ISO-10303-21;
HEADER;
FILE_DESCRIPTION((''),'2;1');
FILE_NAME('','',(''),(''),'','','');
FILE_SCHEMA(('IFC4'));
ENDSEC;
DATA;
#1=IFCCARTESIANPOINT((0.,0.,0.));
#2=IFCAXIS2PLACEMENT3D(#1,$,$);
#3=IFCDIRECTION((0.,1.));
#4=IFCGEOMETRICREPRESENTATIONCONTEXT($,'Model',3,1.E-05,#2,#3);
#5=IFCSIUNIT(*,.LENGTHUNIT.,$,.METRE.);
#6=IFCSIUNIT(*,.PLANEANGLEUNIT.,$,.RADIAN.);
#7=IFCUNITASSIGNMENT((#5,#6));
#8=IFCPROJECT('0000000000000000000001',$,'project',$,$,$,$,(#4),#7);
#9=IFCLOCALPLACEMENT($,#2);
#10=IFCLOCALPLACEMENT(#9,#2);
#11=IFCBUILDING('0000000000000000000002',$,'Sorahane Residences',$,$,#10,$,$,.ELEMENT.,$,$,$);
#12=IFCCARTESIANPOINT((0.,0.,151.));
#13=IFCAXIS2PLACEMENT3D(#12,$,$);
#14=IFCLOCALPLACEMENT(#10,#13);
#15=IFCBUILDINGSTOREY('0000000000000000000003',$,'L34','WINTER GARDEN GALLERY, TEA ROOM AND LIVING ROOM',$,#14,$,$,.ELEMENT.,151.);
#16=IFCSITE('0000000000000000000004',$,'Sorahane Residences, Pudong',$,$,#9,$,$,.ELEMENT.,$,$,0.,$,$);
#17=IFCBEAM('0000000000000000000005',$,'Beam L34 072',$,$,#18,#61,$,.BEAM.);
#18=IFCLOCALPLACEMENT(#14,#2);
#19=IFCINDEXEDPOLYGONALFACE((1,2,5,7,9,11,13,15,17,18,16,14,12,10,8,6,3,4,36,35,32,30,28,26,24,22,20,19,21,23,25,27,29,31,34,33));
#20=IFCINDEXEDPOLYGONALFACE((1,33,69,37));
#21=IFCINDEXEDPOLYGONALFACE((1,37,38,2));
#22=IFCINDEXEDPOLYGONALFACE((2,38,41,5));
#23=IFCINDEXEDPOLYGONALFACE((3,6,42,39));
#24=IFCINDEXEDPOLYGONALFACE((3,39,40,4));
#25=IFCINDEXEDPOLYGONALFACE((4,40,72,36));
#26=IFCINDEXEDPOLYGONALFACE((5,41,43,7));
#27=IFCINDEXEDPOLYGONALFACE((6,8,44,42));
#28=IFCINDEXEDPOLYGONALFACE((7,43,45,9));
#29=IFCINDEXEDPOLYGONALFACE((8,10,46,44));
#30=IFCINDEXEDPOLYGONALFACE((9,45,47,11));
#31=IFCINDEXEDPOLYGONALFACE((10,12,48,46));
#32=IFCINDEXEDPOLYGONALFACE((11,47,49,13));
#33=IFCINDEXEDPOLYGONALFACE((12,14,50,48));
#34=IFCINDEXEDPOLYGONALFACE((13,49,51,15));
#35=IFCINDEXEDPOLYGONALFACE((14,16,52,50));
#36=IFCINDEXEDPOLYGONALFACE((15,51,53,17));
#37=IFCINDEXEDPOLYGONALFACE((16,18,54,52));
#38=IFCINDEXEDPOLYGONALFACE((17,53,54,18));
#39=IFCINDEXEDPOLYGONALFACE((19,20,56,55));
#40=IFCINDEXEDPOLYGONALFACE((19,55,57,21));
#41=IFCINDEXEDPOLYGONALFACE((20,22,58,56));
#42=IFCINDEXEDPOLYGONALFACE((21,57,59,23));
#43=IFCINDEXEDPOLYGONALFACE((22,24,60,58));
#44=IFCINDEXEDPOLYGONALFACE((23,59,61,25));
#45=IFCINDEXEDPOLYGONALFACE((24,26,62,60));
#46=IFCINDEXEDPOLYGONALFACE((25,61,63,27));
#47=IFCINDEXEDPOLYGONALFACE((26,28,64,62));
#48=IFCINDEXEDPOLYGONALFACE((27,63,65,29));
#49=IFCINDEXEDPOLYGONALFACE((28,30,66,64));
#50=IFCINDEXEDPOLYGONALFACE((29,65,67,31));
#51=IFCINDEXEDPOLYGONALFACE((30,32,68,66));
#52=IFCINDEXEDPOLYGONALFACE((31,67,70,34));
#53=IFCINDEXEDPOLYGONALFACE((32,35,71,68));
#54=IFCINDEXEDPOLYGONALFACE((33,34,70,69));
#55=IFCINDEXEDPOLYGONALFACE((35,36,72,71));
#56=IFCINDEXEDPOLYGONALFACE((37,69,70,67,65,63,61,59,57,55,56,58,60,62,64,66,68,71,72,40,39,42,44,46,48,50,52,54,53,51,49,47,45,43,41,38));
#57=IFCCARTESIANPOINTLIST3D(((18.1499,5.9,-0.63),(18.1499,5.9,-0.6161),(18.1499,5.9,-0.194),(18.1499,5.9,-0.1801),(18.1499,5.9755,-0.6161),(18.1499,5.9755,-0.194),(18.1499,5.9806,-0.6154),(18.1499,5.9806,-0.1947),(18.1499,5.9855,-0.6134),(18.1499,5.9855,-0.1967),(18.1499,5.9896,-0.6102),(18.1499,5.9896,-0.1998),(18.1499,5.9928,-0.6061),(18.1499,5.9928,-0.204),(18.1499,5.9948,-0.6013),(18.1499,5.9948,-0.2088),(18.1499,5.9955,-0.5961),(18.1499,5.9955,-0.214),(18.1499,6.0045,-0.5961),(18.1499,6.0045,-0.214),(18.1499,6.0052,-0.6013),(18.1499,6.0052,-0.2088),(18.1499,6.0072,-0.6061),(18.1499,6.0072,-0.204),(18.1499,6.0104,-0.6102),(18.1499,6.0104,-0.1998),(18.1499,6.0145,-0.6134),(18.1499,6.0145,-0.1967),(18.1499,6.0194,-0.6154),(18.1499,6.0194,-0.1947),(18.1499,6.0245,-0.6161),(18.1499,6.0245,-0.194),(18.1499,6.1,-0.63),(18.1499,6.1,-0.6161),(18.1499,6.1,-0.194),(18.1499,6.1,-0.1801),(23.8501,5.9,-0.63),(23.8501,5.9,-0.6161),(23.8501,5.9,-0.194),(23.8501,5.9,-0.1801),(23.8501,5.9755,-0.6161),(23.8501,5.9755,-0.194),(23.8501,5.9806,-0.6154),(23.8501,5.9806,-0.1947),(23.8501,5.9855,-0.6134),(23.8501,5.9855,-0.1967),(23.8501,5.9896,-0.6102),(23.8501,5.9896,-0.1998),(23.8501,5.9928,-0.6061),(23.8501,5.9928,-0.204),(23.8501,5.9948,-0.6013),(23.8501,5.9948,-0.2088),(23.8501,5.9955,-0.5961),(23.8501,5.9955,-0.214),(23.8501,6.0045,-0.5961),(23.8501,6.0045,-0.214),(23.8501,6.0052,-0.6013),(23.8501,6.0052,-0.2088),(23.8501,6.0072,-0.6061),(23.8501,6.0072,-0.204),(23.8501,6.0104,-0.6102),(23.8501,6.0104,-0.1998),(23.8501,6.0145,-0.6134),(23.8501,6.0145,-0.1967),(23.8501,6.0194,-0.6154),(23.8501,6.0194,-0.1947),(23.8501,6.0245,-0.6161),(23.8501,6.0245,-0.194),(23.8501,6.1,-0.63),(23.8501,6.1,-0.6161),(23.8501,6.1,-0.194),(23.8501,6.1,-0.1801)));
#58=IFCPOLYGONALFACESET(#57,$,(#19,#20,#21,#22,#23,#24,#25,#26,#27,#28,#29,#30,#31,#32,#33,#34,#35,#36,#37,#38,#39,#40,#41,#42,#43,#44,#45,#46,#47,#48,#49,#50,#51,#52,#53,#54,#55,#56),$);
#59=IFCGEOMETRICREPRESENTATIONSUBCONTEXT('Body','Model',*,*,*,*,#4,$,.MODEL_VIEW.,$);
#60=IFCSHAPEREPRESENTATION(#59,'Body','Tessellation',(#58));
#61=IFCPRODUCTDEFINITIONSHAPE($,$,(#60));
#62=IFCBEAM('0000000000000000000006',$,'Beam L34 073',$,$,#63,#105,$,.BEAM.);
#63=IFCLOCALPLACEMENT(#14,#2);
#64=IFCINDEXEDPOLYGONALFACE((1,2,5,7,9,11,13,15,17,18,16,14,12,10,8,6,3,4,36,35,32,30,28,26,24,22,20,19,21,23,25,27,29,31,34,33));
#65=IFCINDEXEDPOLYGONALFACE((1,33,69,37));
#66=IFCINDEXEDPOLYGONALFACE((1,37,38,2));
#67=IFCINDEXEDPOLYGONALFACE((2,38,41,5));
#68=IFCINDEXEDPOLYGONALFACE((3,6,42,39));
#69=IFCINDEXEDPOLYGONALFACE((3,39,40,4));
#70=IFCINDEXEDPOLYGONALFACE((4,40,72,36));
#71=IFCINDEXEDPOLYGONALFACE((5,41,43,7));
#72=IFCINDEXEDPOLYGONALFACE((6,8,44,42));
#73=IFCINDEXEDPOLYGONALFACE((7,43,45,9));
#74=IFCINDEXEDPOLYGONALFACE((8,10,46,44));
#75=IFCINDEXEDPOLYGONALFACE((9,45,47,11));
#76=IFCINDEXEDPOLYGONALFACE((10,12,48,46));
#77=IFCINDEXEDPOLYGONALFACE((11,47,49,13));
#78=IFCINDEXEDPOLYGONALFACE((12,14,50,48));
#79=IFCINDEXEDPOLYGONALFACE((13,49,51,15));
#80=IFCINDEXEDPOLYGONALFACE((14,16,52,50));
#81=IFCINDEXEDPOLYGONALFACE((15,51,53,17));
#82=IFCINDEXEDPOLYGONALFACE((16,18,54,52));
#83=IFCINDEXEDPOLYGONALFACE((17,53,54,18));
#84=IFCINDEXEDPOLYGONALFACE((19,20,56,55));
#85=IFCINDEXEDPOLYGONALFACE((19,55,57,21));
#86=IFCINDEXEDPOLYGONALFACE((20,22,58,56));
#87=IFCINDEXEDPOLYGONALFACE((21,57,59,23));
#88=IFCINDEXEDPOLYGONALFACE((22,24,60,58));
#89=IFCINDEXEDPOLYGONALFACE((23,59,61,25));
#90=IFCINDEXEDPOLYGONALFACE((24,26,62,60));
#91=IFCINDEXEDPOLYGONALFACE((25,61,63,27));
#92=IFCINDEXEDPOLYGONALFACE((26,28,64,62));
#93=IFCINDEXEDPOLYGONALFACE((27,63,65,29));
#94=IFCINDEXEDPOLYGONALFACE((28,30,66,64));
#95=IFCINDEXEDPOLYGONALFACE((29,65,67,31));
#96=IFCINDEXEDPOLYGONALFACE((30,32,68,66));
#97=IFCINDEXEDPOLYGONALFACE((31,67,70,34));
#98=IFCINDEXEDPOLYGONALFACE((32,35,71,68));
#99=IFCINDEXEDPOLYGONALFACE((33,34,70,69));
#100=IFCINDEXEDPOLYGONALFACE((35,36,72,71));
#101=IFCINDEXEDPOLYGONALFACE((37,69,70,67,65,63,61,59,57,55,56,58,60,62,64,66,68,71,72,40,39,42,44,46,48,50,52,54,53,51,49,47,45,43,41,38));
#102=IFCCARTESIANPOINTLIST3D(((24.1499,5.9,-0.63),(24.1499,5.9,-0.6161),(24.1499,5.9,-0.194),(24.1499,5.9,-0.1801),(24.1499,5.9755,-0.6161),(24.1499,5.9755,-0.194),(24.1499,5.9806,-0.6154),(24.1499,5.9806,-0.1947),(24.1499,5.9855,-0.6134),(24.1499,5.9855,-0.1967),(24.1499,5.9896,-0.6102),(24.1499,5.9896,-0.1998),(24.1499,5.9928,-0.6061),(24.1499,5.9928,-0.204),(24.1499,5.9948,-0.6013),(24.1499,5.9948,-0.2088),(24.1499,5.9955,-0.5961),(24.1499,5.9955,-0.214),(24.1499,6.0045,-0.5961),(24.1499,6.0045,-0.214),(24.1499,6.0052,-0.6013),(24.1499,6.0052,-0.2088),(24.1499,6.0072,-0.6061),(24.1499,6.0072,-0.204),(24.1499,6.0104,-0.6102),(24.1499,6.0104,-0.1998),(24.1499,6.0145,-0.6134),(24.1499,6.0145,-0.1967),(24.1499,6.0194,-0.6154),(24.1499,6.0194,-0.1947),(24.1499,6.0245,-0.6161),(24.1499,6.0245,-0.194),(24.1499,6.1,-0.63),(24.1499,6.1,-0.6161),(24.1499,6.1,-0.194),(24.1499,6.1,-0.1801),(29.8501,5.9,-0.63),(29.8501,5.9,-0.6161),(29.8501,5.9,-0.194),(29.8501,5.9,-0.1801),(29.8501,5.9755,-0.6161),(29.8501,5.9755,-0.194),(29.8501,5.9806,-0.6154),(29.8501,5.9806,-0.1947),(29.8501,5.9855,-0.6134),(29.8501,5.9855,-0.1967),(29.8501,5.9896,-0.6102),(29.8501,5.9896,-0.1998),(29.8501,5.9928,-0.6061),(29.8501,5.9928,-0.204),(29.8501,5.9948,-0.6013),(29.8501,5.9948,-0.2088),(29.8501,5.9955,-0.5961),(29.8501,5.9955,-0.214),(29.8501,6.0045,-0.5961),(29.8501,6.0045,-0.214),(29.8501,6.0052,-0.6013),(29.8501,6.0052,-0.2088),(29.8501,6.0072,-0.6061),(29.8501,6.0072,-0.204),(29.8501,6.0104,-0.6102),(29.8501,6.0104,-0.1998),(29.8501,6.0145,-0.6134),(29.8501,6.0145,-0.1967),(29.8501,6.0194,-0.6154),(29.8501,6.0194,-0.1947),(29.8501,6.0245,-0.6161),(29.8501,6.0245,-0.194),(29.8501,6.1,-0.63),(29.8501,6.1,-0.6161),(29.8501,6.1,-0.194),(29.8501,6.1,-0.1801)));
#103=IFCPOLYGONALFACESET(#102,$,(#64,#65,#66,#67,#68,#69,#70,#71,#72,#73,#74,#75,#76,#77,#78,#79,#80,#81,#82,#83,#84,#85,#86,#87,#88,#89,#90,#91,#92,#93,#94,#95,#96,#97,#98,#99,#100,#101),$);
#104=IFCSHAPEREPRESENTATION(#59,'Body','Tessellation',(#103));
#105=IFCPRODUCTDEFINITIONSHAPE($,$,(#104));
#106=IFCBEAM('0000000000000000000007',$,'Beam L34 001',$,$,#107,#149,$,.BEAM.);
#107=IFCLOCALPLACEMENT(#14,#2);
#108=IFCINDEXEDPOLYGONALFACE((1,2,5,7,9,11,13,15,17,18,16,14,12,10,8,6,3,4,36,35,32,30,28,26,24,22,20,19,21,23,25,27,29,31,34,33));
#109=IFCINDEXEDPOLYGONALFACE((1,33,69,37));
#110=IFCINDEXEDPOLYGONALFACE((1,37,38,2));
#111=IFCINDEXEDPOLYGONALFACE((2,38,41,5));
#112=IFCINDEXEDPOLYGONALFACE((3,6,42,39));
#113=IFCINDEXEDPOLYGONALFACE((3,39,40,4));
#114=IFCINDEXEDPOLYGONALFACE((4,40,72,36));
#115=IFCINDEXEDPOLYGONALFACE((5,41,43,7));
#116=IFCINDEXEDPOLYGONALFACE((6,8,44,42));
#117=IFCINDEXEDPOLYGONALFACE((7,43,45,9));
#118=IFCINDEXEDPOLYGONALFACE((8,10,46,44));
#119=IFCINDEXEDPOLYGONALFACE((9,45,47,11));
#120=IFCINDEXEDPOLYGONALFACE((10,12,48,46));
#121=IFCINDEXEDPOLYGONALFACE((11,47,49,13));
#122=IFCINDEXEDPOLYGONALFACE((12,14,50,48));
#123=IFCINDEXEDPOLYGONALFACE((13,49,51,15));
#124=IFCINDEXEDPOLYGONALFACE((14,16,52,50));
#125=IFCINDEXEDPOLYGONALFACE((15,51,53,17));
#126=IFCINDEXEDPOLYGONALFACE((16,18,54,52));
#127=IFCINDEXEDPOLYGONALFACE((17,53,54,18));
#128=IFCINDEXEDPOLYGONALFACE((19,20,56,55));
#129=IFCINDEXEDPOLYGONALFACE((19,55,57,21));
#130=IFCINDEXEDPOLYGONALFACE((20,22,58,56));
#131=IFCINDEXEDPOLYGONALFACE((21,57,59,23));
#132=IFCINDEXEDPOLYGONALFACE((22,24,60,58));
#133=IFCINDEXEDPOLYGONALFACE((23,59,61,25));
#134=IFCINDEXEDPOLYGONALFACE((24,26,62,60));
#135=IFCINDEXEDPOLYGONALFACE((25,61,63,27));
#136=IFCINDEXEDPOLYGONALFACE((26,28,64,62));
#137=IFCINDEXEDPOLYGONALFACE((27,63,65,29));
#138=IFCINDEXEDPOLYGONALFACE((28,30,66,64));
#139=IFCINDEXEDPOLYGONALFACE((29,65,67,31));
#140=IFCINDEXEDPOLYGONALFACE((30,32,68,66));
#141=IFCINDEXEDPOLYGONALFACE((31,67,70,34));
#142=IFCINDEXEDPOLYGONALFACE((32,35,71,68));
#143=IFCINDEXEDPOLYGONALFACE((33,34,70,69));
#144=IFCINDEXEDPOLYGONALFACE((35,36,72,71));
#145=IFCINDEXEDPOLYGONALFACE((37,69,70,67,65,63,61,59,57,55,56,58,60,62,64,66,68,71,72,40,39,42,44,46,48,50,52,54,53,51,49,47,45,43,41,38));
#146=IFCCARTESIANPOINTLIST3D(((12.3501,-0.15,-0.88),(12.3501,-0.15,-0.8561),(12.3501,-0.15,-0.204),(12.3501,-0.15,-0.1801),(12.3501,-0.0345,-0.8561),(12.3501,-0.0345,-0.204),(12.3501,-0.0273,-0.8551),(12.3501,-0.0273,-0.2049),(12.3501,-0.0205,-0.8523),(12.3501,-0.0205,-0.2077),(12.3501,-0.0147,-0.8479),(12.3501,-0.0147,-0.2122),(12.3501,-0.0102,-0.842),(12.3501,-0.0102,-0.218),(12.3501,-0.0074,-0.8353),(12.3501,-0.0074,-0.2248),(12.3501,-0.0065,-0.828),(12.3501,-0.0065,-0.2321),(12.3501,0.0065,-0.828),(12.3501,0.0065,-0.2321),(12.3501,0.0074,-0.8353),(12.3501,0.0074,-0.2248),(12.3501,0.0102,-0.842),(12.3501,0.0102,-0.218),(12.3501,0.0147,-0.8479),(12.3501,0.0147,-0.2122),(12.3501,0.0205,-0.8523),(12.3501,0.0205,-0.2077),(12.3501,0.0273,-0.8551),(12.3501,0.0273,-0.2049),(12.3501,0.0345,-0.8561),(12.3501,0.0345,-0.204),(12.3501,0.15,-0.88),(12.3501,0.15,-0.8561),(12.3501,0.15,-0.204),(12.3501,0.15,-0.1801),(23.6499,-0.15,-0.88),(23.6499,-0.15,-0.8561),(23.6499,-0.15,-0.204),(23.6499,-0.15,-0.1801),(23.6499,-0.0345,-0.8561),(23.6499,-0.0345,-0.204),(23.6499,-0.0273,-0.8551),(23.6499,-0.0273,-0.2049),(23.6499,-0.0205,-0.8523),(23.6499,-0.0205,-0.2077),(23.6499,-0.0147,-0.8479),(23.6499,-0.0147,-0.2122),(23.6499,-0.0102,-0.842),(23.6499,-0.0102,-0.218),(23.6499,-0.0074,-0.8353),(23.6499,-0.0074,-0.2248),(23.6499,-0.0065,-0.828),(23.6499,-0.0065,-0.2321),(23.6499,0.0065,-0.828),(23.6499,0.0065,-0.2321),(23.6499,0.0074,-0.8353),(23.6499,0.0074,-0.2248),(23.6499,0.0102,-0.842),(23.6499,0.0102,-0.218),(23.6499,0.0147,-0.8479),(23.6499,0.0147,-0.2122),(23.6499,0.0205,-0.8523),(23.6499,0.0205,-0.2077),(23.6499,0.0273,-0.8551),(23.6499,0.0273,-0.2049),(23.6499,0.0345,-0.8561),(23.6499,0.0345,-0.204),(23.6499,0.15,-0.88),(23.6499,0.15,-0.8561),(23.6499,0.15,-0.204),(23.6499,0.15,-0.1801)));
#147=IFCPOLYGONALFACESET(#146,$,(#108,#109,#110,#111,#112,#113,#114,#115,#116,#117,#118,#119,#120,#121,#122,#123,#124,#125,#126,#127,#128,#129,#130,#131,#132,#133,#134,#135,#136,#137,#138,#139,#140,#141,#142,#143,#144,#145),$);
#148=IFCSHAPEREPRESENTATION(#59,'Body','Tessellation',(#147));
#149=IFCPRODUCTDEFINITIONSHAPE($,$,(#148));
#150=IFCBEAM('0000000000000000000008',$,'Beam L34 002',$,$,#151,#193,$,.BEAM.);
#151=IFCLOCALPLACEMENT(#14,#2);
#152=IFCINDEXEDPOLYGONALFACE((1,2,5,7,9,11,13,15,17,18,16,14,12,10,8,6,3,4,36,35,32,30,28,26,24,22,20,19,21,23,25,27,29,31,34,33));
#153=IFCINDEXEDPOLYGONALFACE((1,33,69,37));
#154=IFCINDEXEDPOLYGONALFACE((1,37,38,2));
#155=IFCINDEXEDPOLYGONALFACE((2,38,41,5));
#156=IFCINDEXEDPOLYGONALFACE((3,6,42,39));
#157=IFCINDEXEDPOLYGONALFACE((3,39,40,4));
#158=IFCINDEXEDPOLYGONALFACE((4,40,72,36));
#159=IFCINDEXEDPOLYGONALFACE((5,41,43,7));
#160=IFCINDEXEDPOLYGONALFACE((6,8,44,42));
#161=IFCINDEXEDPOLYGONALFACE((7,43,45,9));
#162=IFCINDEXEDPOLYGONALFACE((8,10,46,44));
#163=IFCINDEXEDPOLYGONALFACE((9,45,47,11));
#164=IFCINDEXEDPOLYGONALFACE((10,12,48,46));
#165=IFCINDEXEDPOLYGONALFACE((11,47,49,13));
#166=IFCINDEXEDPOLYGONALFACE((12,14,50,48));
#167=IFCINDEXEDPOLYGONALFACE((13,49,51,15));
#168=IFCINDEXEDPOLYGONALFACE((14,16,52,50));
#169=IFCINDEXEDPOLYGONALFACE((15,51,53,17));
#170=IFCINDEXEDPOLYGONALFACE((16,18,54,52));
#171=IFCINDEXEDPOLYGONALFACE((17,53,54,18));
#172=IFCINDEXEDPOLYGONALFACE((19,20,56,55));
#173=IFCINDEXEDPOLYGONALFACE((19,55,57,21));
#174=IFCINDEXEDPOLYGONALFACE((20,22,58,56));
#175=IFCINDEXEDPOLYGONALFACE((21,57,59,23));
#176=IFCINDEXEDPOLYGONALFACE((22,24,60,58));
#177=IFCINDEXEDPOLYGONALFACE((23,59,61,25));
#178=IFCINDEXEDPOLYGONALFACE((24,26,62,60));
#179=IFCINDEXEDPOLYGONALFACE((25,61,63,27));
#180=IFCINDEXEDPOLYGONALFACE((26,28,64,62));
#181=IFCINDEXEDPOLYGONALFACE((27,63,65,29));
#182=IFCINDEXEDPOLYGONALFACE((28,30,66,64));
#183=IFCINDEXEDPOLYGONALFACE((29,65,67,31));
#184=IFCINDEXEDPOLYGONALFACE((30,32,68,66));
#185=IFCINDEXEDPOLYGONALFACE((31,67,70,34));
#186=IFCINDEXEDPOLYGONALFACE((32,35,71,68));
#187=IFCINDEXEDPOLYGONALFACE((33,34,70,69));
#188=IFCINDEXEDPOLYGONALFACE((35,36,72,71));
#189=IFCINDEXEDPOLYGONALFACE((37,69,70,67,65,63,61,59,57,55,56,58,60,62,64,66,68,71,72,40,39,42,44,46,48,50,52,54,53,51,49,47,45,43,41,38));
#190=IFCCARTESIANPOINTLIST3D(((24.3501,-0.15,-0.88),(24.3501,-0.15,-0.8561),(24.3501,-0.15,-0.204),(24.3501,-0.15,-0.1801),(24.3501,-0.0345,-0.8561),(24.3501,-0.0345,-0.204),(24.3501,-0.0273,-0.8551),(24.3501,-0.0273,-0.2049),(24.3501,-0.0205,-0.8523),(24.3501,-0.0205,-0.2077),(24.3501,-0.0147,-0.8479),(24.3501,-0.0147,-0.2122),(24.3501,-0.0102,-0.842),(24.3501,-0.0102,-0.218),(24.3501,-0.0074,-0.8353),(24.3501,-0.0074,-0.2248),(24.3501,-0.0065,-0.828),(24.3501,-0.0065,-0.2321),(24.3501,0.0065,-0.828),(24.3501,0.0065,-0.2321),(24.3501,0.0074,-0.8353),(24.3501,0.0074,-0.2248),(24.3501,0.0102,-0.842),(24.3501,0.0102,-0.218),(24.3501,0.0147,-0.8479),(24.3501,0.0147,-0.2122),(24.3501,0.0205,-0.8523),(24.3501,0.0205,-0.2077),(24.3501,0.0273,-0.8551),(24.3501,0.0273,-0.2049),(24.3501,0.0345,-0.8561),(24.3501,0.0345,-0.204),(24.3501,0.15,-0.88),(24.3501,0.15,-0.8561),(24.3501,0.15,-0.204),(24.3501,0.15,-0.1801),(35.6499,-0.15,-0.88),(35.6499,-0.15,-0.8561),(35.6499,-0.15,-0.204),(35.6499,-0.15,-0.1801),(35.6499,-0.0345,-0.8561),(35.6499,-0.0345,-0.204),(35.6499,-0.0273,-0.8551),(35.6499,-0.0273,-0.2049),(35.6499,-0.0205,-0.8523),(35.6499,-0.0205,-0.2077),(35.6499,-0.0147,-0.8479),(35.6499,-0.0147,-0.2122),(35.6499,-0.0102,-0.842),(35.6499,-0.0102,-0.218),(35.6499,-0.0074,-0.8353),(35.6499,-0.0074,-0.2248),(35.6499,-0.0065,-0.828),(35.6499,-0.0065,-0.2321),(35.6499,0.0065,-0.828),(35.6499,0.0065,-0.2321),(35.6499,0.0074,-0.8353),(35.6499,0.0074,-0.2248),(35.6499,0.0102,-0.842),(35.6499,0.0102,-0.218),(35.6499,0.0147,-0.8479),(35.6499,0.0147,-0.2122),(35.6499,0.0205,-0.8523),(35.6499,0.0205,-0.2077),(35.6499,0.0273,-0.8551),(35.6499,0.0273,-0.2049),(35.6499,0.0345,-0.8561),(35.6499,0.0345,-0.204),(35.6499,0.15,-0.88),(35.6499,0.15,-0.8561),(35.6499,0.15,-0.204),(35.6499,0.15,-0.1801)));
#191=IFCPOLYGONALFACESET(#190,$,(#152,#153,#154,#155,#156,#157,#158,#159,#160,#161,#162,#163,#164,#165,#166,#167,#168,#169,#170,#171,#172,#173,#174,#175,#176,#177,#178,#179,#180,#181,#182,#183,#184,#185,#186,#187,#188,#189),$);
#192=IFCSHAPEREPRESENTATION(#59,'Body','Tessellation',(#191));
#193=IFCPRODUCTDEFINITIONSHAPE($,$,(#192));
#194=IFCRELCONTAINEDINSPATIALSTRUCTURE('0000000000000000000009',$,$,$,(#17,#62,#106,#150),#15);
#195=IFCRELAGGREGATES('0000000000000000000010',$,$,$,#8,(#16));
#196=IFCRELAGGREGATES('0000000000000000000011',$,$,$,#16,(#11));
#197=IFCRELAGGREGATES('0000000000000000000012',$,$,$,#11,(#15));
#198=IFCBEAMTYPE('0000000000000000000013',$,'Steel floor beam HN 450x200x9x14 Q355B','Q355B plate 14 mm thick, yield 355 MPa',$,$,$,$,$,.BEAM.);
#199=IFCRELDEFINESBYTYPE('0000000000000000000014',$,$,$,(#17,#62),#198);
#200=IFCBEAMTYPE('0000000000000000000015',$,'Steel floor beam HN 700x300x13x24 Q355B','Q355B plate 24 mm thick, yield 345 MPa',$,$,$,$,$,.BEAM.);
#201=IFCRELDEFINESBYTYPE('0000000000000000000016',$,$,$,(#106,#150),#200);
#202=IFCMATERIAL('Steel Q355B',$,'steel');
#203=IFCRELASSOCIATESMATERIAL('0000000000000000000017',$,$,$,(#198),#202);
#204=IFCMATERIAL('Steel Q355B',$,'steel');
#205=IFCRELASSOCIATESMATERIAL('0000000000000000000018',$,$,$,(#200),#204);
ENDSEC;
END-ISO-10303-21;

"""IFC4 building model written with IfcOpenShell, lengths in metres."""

from ifc_helpers import new_model, si_unit, direction, frame, origin, origin_2d, place, context, subcontext, project, spatial, i_section, extrude, material, material_profile, profile_set, type_object, element, save


model = new_model("IFC4")

# Units and contexts
model_context = context("Model", 3, precision=1e-05, world=origin(), true_north=direction((0.0, 1.0)))
body_context = subcontext(model_context, "Body", "Model", "MODEL_VIEW")
ifc_project = project(units=[si_unit("LENGTHUNIT", "METRE"), si_unit("PLANEANGLEUNIT", "RADIAN")], contexts=[model_context])

# Site, building, storey
site_placement = place(None, origin())
site = spatial("IfcSite", under=ifc_project, at=site_placement, Name="Sorahane Residences, Pudong", CompositionType="ELEMENT", RefElevation=0.0)
building_placement = place(site_placement, origin())
building = spatial("IfcBuilding", under=site, at=building_placement, Name="Sorahane Residences", CompositionType="ELEMENT")
storey_placement = place(building_placement, frame((0.0, 0.0, 151.0)))
storey = spatial("IfcBuildingStorey", under=building, at=storey_placement, Name="L34", Description="WINTER GARDEN GALLERY, TEA ROOM AND LIVING ROOM", CompositionType="ELEMENT", Elevation=151.0)

# Beams
ifc_material_1 = material(Name="Steel Q355B", Category="steel")
ifc_material_profile_1 = material_profile(ifc_material_1, i_section(OverallWidth=0.2, OverallDepth=0.45, WebThickness=0.009, FlangeThickness=0.0139, FilletRadius=0.02, at=origin_2d()), Name="HN 450x200x9x14")
ifc_profile_set_1 = profile_set([ifc_material_profile_1], Name="Steel Q355B")
beam_type_1 = type_object("IfcBeamType", Name="Steel floor beam HN 450x200x9x14 Q355B", Description="Q355B plate 14 mm thick, yield 355 MPa", PredefinedType="BEAM", material=ifc_profile_set_1)
for number, where, z_axis, x_axis, name in (
    (1, (18.1499, 6.0, -0.405), (1.0, 0.0, 0.0), (0.0, 1.0, 0.0), "Beam L34 072"),
    (2, (24.1499, 6.0, -0.405), (1.0, 0.0, 0.0), (0.0, 1.0, 0.0), "Beam L34 073"),
):
    element("IfcBeam", number, at=place(storey_placement, frame(where, z_axis=z_axis, x_axis=x_axis)), inside=storey, type_object=beam_type_1, Name=name, PredefinedType="BEAM", context=body_context, shape_type="SweptSolid", body=[
        extrude(i_section(OverallWidth=0.2, OverallDepth=0.45, WebThickness=0.009, FlangeThickness=0.0139, FilletRadius=0.02, at=origin_2d()), origin(), (0.0, 0.0, 1.0), 5.7002),
    ])
ifc_material_2 = material(Name="Steel Q355B", Category="steel")
ifc_material_profile_2 = material_profile(ifc_material_2, i_section(OverallWidth=0.3, OverallDepth=0.7, WebThickness=0.0129, FlangeThickness=0.0239, FilletRadius=0.0281, at=origin_2d()), Name="HN 700x300x13x24")
ifc_profile_set_2 = profile_set([ifc_material_profile_2], Name="Steel Q355B")
beam_type_2 = type_object("IfcBeamType", Name="Steel floor beam HN 700x300x13x24 Q355B", Description="Q355B plate 24 mm thick, yield 345 MPa", PredefinedType="BEAM", material=ifc_profile_set_2)
for number, where, z_axis, x_axis, name in (
    (3, (12.3501, 0.0, -0.53), (1.0, 0.0, 0.0), (0.0, 1.0, 0.0), "Beam L34 001"),
    (4, (24.3501, 0.0, -0.53), (1.0, 0.0, 0.0), (0.0, 1.0, 0.0), "Beam L34 002"),
):
    element("IfcBeam", number, at=place(storey_placement, frame(where, z_axis=z_axis, x_axis=x_axis)), inside=storey, type_object=beam_type_2, Name=name, PredefinedType="BEAM", context=body_context, shape_type="SweptSolid", body=[
        extrude(i_section(OverallWidth=0.3, OverallDepth=0.7, WebThickness=0.0129, FlangeThickness=0.0239, FilletRadius=0.0281, at=origin_2d()), origin(), (0.0, 0.0, 1.0), 11.2998),
    ])

save(model, "model.ifc")
